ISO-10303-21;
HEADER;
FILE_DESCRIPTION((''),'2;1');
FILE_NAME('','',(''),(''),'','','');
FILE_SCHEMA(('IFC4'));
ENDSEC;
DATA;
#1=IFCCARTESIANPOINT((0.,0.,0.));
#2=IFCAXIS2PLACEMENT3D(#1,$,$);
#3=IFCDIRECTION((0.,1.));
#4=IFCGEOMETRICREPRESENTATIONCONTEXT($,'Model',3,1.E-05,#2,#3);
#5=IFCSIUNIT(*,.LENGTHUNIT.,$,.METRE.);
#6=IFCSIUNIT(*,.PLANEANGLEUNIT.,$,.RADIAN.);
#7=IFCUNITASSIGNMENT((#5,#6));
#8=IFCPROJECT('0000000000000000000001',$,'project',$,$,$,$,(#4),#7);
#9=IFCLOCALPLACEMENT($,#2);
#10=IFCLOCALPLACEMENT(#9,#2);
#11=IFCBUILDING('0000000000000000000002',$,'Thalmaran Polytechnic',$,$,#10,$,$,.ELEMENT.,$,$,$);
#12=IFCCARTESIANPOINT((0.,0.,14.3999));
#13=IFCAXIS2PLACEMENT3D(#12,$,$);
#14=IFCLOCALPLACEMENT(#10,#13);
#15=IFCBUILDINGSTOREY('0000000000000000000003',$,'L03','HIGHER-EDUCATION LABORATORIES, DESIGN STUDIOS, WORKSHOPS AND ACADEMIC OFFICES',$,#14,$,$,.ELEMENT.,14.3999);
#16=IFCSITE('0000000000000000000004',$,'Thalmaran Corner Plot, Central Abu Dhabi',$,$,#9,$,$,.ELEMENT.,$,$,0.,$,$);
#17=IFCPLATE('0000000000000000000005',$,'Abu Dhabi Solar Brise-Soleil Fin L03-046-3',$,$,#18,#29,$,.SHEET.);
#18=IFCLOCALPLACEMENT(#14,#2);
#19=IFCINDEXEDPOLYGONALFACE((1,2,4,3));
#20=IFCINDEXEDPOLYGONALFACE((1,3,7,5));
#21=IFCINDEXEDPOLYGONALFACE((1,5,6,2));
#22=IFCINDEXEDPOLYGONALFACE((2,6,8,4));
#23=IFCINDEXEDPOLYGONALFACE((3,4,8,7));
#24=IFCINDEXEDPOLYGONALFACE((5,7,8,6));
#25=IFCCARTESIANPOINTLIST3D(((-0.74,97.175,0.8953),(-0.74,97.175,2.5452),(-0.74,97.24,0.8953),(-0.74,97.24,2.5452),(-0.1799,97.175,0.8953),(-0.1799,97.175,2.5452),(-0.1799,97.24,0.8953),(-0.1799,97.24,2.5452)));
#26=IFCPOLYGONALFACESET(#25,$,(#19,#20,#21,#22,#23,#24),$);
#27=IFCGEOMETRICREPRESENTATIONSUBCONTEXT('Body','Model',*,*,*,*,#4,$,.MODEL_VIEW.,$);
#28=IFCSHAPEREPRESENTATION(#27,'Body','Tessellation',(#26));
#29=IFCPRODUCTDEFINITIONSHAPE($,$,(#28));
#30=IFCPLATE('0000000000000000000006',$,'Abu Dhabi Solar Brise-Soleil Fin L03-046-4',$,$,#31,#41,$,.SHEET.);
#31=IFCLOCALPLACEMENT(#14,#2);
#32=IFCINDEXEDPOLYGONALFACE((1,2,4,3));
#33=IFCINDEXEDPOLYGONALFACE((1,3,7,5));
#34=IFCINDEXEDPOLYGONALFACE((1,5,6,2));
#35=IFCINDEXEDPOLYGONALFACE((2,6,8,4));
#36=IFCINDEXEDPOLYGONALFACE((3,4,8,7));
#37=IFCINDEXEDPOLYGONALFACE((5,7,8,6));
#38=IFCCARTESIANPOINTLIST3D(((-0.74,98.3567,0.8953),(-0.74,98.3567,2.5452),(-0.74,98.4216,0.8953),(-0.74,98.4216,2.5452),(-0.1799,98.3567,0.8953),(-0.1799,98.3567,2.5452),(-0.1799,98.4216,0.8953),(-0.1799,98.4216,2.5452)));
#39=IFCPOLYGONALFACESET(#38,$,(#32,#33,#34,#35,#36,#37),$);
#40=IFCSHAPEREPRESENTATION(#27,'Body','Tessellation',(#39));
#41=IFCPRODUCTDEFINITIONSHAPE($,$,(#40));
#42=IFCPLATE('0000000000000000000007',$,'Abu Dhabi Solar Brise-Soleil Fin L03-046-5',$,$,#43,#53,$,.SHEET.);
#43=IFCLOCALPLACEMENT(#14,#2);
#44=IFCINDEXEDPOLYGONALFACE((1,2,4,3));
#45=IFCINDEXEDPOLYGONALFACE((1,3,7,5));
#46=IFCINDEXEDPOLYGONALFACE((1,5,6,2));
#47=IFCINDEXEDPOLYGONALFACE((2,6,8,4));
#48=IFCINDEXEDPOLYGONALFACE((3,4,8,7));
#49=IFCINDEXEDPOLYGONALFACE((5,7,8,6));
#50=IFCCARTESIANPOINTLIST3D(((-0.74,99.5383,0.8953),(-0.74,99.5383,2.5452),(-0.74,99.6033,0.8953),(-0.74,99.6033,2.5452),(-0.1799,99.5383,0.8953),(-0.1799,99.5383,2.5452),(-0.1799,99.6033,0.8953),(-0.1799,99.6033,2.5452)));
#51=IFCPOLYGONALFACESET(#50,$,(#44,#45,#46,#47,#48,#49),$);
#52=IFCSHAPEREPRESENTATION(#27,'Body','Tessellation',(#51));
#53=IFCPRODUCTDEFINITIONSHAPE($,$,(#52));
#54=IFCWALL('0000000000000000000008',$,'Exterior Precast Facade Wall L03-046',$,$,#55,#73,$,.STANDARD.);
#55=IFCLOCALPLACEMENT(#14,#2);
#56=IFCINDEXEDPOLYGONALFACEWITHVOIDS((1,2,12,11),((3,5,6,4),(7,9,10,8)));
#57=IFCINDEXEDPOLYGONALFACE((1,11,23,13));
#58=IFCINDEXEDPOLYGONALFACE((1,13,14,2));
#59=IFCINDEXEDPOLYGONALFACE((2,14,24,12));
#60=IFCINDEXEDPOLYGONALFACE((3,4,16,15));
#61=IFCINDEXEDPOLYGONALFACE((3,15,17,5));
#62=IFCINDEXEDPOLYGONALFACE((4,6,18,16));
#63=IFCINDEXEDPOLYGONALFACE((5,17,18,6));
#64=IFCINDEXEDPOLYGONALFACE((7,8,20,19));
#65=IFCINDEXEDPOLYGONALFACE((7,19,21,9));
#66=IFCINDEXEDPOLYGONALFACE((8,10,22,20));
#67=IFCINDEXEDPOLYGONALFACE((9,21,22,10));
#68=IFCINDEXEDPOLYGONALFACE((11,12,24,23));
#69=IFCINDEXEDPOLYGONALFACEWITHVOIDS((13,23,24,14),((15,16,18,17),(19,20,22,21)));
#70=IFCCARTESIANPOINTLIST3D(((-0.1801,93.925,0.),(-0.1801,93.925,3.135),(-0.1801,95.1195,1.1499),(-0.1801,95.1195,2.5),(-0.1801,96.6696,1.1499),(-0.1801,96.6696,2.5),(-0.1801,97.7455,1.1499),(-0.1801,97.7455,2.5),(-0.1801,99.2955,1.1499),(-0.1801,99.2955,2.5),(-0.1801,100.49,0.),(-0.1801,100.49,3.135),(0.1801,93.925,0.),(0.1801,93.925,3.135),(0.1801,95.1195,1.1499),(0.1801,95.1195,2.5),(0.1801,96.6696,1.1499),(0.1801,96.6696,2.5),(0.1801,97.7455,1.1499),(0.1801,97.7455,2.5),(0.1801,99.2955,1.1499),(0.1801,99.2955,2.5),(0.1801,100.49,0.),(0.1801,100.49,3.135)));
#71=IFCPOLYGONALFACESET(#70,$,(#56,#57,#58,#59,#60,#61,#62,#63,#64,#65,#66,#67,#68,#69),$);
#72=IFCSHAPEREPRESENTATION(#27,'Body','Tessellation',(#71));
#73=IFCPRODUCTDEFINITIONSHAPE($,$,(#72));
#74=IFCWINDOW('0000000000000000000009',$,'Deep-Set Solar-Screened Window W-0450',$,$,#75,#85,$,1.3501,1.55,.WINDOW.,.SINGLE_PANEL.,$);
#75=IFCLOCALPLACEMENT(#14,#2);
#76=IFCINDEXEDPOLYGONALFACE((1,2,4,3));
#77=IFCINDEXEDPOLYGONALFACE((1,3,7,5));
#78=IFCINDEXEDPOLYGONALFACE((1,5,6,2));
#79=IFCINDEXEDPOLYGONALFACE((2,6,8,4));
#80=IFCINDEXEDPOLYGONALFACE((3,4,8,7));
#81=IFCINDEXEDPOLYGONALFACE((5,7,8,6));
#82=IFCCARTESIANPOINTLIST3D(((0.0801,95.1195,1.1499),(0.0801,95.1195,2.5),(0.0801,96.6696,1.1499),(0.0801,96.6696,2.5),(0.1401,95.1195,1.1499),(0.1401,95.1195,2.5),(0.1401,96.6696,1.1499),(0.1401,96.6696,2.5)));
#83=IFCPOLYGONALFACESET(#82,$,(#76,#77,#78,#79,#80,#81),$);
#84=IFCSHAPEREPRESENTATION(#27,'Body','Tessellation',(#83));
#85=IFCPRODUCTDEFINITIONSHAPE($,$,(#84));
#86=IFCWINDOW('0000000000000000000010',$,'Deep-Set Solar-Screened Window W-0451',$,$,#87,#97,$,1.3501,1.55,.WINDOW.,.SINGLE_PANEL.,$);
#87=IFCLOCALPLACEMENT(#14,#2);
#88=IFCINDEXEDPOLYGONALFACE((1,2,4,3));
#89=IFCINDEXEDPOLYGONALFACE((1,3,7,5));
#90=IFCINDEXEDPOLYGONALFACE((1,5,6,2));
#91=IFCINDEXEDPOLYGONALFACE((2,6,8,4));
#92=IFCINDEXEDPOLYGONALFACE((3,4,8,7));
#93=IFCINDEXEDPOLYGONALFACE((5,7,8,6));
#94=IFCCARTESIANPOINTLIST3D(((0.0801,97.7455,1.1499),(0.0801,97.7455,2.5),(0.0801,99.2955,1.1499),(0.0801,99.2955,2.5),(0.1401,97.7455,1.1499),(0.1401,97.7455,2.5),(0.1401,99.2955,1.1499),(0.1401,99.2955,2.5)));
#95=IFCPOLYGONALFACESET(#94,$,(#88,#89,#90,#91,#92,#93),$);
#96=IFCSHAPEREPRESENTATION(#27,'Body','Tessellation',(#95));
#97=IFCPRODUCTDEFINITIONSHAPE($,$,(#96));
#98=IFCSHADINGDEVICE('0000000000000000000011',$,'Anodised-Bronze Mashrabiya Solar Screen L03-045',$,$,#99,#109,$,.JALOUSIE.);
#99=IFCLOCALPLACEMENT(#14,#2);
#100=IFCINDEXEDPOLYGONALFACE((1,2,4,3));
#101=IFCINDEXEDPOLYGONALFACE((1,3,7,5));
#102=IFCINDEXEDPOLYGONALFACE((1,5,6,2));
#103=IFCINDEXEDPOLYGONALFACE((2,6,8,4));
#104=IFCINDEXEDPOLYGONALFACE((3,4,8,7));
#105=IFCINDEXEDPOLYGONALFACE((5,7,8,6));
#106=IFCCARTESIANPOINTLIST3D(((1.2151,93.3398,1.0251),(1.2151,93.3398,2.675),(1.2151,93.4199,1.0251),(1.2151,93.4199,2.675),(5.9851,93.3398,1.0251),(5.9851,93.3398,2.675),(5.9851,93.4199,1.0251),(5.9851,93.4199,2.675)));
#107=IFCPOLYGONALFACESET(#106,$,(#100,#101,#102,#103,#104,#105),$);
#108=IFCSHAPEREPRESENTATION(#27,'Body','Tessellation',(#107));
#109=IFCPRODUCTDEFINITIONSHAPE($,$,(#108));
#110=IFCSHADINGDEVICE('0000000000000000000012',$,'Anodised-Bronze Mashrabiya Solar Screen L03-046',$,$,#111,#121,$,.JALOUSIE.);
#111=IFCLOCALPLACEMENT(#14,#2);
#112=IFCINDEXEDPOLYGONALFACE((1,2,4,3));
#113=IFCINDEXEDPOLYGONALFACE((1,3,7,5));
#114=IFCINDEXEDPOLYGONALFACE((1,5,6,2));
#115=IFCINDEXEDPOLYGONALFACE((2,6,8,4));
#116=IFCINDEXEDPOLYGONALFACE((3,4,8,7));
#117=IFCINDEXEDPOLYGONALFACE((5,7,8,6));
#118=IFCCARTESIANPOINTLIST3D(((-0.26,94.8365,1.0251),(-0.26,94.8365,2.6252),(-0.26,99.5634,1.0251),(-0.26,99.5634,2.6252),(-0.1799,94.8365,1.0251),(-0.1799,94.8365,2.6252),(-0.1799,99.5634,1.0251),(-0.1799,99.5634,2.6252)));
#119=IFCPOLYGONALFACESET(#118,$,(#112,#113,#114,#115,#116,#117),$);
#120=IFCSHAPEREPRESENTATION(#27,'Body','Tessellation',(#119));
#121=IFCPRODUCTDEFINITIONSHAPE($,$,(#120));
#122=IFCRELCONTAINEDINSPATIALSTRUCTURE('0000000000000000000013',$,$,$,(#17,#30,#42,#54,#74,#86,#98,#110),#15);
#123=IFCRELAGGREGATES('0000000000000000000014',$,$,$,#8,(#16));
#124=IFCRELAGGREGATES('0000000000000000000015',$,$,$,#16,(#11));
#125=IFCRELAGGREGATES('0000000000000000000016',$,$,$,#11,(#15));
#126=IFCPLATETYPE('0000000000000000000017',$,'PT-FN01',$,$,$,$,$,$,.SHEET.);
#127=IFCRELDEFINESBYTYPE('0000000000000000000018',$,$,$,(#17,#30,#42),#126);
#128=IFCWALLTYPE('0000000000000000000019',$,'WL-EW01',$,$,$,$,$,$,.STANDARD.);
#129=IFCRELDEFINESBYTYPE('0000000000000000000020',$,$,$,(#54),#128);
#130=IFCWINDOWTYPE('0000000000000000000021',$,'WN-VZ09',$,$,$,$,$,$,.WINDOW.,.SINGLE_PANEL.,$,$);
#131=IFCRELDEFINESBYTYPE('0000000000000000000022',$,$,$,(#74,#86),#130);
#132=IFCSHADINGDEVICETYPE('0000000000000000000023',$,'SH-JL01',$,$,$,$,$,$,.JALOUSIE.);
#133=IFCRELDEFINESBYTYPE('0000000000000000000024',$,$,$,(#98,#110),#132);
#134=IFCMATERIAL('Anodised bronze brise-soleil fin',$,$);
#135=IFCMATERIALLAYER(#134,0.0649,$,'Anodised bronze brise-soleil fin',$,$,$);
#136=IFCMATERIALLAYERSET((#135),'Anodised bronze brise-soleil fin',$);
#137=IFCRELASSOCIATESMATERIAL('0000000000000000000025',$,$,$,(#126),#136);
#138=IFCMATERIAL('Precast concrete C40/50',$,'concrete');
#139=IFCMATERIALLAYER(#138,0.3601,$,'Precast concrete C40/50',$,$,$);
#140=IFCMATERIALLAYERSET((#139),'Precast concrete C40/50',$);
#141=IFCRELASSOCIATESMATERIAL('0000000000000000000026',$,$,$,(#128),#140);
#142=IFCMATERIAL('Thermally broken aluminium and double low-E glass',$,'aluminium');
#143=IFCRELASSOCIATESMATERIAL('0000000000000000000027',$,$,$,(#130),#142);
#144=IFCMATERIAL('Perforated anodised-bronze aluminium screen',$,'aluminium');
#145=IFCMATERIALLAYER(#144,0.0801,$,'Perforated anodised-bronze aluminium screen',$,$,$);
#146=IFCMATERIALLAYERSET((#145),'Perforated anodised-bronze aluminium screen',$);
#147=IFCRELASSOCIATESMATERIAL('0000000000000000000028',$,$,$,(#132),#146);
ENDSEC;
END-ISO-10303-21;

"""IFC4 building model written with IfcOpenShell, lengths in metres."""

from ifc_helpers import new_model, si_unit, direction, frame, frame_2d, origin, origin_2d, place, context, subcontext, project, spatial, rectangle, extrude, material, layer, layer_set, type_object, element, fill, save


model = new_model("IFC4")

# Units and contexts
model_context = context("Model", 3, precision=1e-05, world=origin(), true_north=direction((0.0, 1.0)))
body_context = subcontext(model_context, "Body", "Model", "MODEL_VIEW")
ifc_project = project(units=[si_unit("LENGTHUNIT", "METRE"), si_unit("PLANEANGLEUNIT", "RADIAN")], contexts=[model_context])

# Site, building, storey
site_placement = place(None, origin())
site = spatial("IfcSite", under=ifc_project, at=site_placement, Name="Thalmaran Corner Plot, Central Abu Dhabi", CompositionType="ELEMENT", RefElevation=0.0)
building_placement = place(site_placement, origin())
building = spatial("IfcBuilding", under=site, at=building_placement, Name="Thalmaran Polytechnic", CompositionType="ELEMENT")
storey_placement = place(building_placement, frame((0.0, 0.0, 14.3999)))
storey = spatial("IfcBuildingStorey", under=building, at=storey_placement, Name="L03", Description="HIGHER-EDUCATION LABORATORIES, DESIGN STUDIOS, WORKSHOPS AND ACADEMIC OFFICES", CompositionType="ELEMENT", Elevation=14.3999)

# Plates
ifc_material_1 = material(Name="Anodised bronze brise-soleil fin")
ifc_layer_1 = layer(ifc_material_1, 0.0649, Name="Anodised bronze brise-soleil fin")
ifc_layer_set_1 = layer_set([ifc_layer_1], Name="Anodised bronze brise-soleil fin")
plate_type_1 = type_object("IfcPlateType", Name="PT-FN01", PredefinedType="SHEET", material=ifc_layer_set_1)
for number, where, z_axis, x_axis, name in (
    (1, (-0.46, 97.2075, 0.8953), (0.0, 0.0, 1.0), (0.0, 1.0, 0.0), "Abu Dhabi Solar Brise-Soleil Fin L03-046-3"),
    (2, (-0.46, 98.3892, 0.8953), (0.0, 0.0, 1.0), (0.0, 1.0, 0.0), "Abu Dhabi Solar Brise-Soleil Fin L03-046-4"),
    (3, (-0.46, 99.5708, 0.8953), (0.0, 0.0, 1.0), (0.0, 1.0, 0.0), "Abu Dhabi Solar Brise-Soleil Fin L03-046-5"),
):
    element("IfcPlate", number, at=place(storey_placement, frame(where, z_axis=z_axis, x_axis=x_axis)), inside=storey, type_object=plate_type_1, Name=name, PredefinedType="SHEET", context=body_context, shape_type="SweptSolid", body=[
        extrude(rectangle(XDim=0.0649, YDim=0.5601, at=origin_2d()), origin(), (0.0, 0.0, 1.0), 1.6499),
    ])

# Wall, openings, windows
ifc_material_2 = material(Name="Precast concrete C40/50", Category="concrete")
ifc_layer_2 = layer(ifc_material_2, 0.3601, Name="Precast concrete C40/50")
ifc_layer_set_2 = layer_set([ifc_layer_2], Name="Precast concrete C40/50")
wall_type = type_object("IfcWallType", Name="WL-EW01", PredefinedType="STANDARD", material=ifc_layer_set_2)
wall_placement = place(storey_placement, frame((0.0, 93.925, 0.0), z_axis=(0.0, 0.0, 1.0), x_axis=(0.0, 1.0, 0.0)))
wall = element("IfcWall", 4, at=wall_placement, inside=storey, type_object=wall_type, Name="Exterior Precast Facade Wall L03-046", PredefinedType="STANDARD", context=body_context, shape_type="SweptSolid", body=[
    extrude(rectangle(XDim=6.5649, YDim=0.3601, at=frame_2d((3.2825, 0.0))), origin(), (0.0, 0.0, 1.0), 3.135),
])
opening_1_placement = place(wall_placement, frame((1.1946, 0.0, 1.1499)))
opening_1 = element("IfcOpeningElement", 5, at=opening_1_placement, cuts=wall, PredefinedType="OPENING", context=body_context, shape_type="SweptSolid", body=[
    extrude(rectangle(XDim=1.55, YDim=1.3501, at=frame_2d((0.7749, 0.675))), frame((0.0, 0.1899, 0.0), z_axis=(0.0, -1.0, 0.0), x_axis=(1.0, 0.0, 0.0)), (0.0, 0.0, 1.0), 0.3801),
])
opening_2_placement = place(wall_placement, frame((3.8206, 0.0, 1.1499)))
opening_2 = element("IfcOpeningElement", 6, at=opening_2_placement, cuts=wall, PredefinedType="OPENING", context=body_context, shape_type="SweptSolid", body=[
    extrude(rectangle(XDim=1.55, YDim=1.3501, at=frame_2d((0.7749, 0.675))), frame((0.0, 0.1899, 0.0), z_axis=(0.0, -1.0, 0.0), x_axis=(1.0, 0.0, 0.0)), (0.0, 0.0, 1.0), 0.3801),
])
ifc_material_3 = material(Name="Thermally broken aluminium and double low-E glass", Category="aluminium")
window_type = type_object("IfcWindowType", Name="WN-VZ09", PartitioningType="SINGLE_PANEL", PredefinedType="WINDOW", material=ifc_material_3)
window_1_placement = place(opening_1_placement, origin())
window_1 = element("IfcWindow", 7, at=window_1_placement, inside=storey, type_object=window_type, Name="Deep-Set Solar-Screened Window W-0450", OverallHeight=1.3501, OverallWidth=1.55, PartitioningType="SINGLE_PANEL", PredefinedType="WINDOW", context=body_context, shape_type="SweptSolid", body=[
    extrude(rectangle(XDim=1.55, YDim=1.3501, at=frame_2d((0.7749, 0.675))), frame((0.0, -0.0801, 0.0), z_axis=(0.0, -1.0, 0.0), x_axis=(1.0, 0.0, 0.0)), (0.0, 0.0, 1.0), 0.0601),
])
fill(opening_1, window_1)
window_2_placement = place(opening_2_placement, origin())
window_2 = element("IfcWindow", 8, at=window_2_placement, inside=storey, type_object=window_type, Name="Deep-Set Solar-Screened Window W-0451", OverallHeight=1.3501, OverallWidth=1.55, PartitioningType="SINGLE_PANEL", PredefinedType="WINDOW", context=body_context, shape_type="SweptSolid", body=[
    extrude(rectangle(XDim=1.55, YDim=1.3501, at=frame_2d((0.7749, 0.675))), frame((0.0, -0.0801, 0.0), z_axis=(0.0, -1.0, 0.0), x_axis=(1.0, 0.0, 0.0)), (0.0, 0.0, 1.0), 0.0601),
])
fill(opening_2, window_2)

# Shading devices
ifc_material_4 = material(Name="Perforated anodised-bronze aluminium screen", Category="aluminium")
ifc_layer_3 = layer(ifc_material_4, 0.0801, Name="Perforated anodised-bronze aluminium screen")
ifc_layer_set_3 = layer_set([ifc_layer_3], Name="Perforated anodised-bronze aluminium screen")
shading_device_type = type_object("IfcShadingDeviceType", Name="SH-JL01", PredefinedType="JALOUSIE", material=ifc_layer_set_3)
shading_device_1_placement = place(storey_placement, frame((3.6001, 93.3799, 1.0251), z_axis=(0.0, 0.0, 1.0), x_axis=(-1.0, 0.0, 0.0)))
element("IfcShadingDevice", 9, at=shading_device_1_placement, inside=storey, type_object=shading_device_type, Name="Anodised-Bronze Mashrabiya Solar Screen L03-045", PredefinedType="JALOUSIE", context=body_context, shape_type="SweptSolid", body=[
    extrude(rectangle(XDim=4.77, YDim=0.0801, at=origin_2d()), origin(), (0.0, 0.0, 1.0), 1.6499),
])
shading_device_2_placement = place(storey_placement, frame((-0.22, 97.2, 1.0251), z_axis=(0.0, 0.0, 1.0), x_axis=(0.0, 1.0, 0.0)))
element("IfcShadingDevice", 10, at=shading_device_2_placement, inside=storey, type_object=shading_device_type, Name="Anodised-Bronze Mashrabiya Solar Screen L03-046", PredefinedType="JALOUSIE", context=body_context, shape_type="SweptSolid", body=[
    extrude(rectangle(XDim=4.7268, YDim=0.0801, at=origin_2d()), origin(), (0.0, 0.0, 1.0), 1.6001),
])

save(model, "model.ifc")
